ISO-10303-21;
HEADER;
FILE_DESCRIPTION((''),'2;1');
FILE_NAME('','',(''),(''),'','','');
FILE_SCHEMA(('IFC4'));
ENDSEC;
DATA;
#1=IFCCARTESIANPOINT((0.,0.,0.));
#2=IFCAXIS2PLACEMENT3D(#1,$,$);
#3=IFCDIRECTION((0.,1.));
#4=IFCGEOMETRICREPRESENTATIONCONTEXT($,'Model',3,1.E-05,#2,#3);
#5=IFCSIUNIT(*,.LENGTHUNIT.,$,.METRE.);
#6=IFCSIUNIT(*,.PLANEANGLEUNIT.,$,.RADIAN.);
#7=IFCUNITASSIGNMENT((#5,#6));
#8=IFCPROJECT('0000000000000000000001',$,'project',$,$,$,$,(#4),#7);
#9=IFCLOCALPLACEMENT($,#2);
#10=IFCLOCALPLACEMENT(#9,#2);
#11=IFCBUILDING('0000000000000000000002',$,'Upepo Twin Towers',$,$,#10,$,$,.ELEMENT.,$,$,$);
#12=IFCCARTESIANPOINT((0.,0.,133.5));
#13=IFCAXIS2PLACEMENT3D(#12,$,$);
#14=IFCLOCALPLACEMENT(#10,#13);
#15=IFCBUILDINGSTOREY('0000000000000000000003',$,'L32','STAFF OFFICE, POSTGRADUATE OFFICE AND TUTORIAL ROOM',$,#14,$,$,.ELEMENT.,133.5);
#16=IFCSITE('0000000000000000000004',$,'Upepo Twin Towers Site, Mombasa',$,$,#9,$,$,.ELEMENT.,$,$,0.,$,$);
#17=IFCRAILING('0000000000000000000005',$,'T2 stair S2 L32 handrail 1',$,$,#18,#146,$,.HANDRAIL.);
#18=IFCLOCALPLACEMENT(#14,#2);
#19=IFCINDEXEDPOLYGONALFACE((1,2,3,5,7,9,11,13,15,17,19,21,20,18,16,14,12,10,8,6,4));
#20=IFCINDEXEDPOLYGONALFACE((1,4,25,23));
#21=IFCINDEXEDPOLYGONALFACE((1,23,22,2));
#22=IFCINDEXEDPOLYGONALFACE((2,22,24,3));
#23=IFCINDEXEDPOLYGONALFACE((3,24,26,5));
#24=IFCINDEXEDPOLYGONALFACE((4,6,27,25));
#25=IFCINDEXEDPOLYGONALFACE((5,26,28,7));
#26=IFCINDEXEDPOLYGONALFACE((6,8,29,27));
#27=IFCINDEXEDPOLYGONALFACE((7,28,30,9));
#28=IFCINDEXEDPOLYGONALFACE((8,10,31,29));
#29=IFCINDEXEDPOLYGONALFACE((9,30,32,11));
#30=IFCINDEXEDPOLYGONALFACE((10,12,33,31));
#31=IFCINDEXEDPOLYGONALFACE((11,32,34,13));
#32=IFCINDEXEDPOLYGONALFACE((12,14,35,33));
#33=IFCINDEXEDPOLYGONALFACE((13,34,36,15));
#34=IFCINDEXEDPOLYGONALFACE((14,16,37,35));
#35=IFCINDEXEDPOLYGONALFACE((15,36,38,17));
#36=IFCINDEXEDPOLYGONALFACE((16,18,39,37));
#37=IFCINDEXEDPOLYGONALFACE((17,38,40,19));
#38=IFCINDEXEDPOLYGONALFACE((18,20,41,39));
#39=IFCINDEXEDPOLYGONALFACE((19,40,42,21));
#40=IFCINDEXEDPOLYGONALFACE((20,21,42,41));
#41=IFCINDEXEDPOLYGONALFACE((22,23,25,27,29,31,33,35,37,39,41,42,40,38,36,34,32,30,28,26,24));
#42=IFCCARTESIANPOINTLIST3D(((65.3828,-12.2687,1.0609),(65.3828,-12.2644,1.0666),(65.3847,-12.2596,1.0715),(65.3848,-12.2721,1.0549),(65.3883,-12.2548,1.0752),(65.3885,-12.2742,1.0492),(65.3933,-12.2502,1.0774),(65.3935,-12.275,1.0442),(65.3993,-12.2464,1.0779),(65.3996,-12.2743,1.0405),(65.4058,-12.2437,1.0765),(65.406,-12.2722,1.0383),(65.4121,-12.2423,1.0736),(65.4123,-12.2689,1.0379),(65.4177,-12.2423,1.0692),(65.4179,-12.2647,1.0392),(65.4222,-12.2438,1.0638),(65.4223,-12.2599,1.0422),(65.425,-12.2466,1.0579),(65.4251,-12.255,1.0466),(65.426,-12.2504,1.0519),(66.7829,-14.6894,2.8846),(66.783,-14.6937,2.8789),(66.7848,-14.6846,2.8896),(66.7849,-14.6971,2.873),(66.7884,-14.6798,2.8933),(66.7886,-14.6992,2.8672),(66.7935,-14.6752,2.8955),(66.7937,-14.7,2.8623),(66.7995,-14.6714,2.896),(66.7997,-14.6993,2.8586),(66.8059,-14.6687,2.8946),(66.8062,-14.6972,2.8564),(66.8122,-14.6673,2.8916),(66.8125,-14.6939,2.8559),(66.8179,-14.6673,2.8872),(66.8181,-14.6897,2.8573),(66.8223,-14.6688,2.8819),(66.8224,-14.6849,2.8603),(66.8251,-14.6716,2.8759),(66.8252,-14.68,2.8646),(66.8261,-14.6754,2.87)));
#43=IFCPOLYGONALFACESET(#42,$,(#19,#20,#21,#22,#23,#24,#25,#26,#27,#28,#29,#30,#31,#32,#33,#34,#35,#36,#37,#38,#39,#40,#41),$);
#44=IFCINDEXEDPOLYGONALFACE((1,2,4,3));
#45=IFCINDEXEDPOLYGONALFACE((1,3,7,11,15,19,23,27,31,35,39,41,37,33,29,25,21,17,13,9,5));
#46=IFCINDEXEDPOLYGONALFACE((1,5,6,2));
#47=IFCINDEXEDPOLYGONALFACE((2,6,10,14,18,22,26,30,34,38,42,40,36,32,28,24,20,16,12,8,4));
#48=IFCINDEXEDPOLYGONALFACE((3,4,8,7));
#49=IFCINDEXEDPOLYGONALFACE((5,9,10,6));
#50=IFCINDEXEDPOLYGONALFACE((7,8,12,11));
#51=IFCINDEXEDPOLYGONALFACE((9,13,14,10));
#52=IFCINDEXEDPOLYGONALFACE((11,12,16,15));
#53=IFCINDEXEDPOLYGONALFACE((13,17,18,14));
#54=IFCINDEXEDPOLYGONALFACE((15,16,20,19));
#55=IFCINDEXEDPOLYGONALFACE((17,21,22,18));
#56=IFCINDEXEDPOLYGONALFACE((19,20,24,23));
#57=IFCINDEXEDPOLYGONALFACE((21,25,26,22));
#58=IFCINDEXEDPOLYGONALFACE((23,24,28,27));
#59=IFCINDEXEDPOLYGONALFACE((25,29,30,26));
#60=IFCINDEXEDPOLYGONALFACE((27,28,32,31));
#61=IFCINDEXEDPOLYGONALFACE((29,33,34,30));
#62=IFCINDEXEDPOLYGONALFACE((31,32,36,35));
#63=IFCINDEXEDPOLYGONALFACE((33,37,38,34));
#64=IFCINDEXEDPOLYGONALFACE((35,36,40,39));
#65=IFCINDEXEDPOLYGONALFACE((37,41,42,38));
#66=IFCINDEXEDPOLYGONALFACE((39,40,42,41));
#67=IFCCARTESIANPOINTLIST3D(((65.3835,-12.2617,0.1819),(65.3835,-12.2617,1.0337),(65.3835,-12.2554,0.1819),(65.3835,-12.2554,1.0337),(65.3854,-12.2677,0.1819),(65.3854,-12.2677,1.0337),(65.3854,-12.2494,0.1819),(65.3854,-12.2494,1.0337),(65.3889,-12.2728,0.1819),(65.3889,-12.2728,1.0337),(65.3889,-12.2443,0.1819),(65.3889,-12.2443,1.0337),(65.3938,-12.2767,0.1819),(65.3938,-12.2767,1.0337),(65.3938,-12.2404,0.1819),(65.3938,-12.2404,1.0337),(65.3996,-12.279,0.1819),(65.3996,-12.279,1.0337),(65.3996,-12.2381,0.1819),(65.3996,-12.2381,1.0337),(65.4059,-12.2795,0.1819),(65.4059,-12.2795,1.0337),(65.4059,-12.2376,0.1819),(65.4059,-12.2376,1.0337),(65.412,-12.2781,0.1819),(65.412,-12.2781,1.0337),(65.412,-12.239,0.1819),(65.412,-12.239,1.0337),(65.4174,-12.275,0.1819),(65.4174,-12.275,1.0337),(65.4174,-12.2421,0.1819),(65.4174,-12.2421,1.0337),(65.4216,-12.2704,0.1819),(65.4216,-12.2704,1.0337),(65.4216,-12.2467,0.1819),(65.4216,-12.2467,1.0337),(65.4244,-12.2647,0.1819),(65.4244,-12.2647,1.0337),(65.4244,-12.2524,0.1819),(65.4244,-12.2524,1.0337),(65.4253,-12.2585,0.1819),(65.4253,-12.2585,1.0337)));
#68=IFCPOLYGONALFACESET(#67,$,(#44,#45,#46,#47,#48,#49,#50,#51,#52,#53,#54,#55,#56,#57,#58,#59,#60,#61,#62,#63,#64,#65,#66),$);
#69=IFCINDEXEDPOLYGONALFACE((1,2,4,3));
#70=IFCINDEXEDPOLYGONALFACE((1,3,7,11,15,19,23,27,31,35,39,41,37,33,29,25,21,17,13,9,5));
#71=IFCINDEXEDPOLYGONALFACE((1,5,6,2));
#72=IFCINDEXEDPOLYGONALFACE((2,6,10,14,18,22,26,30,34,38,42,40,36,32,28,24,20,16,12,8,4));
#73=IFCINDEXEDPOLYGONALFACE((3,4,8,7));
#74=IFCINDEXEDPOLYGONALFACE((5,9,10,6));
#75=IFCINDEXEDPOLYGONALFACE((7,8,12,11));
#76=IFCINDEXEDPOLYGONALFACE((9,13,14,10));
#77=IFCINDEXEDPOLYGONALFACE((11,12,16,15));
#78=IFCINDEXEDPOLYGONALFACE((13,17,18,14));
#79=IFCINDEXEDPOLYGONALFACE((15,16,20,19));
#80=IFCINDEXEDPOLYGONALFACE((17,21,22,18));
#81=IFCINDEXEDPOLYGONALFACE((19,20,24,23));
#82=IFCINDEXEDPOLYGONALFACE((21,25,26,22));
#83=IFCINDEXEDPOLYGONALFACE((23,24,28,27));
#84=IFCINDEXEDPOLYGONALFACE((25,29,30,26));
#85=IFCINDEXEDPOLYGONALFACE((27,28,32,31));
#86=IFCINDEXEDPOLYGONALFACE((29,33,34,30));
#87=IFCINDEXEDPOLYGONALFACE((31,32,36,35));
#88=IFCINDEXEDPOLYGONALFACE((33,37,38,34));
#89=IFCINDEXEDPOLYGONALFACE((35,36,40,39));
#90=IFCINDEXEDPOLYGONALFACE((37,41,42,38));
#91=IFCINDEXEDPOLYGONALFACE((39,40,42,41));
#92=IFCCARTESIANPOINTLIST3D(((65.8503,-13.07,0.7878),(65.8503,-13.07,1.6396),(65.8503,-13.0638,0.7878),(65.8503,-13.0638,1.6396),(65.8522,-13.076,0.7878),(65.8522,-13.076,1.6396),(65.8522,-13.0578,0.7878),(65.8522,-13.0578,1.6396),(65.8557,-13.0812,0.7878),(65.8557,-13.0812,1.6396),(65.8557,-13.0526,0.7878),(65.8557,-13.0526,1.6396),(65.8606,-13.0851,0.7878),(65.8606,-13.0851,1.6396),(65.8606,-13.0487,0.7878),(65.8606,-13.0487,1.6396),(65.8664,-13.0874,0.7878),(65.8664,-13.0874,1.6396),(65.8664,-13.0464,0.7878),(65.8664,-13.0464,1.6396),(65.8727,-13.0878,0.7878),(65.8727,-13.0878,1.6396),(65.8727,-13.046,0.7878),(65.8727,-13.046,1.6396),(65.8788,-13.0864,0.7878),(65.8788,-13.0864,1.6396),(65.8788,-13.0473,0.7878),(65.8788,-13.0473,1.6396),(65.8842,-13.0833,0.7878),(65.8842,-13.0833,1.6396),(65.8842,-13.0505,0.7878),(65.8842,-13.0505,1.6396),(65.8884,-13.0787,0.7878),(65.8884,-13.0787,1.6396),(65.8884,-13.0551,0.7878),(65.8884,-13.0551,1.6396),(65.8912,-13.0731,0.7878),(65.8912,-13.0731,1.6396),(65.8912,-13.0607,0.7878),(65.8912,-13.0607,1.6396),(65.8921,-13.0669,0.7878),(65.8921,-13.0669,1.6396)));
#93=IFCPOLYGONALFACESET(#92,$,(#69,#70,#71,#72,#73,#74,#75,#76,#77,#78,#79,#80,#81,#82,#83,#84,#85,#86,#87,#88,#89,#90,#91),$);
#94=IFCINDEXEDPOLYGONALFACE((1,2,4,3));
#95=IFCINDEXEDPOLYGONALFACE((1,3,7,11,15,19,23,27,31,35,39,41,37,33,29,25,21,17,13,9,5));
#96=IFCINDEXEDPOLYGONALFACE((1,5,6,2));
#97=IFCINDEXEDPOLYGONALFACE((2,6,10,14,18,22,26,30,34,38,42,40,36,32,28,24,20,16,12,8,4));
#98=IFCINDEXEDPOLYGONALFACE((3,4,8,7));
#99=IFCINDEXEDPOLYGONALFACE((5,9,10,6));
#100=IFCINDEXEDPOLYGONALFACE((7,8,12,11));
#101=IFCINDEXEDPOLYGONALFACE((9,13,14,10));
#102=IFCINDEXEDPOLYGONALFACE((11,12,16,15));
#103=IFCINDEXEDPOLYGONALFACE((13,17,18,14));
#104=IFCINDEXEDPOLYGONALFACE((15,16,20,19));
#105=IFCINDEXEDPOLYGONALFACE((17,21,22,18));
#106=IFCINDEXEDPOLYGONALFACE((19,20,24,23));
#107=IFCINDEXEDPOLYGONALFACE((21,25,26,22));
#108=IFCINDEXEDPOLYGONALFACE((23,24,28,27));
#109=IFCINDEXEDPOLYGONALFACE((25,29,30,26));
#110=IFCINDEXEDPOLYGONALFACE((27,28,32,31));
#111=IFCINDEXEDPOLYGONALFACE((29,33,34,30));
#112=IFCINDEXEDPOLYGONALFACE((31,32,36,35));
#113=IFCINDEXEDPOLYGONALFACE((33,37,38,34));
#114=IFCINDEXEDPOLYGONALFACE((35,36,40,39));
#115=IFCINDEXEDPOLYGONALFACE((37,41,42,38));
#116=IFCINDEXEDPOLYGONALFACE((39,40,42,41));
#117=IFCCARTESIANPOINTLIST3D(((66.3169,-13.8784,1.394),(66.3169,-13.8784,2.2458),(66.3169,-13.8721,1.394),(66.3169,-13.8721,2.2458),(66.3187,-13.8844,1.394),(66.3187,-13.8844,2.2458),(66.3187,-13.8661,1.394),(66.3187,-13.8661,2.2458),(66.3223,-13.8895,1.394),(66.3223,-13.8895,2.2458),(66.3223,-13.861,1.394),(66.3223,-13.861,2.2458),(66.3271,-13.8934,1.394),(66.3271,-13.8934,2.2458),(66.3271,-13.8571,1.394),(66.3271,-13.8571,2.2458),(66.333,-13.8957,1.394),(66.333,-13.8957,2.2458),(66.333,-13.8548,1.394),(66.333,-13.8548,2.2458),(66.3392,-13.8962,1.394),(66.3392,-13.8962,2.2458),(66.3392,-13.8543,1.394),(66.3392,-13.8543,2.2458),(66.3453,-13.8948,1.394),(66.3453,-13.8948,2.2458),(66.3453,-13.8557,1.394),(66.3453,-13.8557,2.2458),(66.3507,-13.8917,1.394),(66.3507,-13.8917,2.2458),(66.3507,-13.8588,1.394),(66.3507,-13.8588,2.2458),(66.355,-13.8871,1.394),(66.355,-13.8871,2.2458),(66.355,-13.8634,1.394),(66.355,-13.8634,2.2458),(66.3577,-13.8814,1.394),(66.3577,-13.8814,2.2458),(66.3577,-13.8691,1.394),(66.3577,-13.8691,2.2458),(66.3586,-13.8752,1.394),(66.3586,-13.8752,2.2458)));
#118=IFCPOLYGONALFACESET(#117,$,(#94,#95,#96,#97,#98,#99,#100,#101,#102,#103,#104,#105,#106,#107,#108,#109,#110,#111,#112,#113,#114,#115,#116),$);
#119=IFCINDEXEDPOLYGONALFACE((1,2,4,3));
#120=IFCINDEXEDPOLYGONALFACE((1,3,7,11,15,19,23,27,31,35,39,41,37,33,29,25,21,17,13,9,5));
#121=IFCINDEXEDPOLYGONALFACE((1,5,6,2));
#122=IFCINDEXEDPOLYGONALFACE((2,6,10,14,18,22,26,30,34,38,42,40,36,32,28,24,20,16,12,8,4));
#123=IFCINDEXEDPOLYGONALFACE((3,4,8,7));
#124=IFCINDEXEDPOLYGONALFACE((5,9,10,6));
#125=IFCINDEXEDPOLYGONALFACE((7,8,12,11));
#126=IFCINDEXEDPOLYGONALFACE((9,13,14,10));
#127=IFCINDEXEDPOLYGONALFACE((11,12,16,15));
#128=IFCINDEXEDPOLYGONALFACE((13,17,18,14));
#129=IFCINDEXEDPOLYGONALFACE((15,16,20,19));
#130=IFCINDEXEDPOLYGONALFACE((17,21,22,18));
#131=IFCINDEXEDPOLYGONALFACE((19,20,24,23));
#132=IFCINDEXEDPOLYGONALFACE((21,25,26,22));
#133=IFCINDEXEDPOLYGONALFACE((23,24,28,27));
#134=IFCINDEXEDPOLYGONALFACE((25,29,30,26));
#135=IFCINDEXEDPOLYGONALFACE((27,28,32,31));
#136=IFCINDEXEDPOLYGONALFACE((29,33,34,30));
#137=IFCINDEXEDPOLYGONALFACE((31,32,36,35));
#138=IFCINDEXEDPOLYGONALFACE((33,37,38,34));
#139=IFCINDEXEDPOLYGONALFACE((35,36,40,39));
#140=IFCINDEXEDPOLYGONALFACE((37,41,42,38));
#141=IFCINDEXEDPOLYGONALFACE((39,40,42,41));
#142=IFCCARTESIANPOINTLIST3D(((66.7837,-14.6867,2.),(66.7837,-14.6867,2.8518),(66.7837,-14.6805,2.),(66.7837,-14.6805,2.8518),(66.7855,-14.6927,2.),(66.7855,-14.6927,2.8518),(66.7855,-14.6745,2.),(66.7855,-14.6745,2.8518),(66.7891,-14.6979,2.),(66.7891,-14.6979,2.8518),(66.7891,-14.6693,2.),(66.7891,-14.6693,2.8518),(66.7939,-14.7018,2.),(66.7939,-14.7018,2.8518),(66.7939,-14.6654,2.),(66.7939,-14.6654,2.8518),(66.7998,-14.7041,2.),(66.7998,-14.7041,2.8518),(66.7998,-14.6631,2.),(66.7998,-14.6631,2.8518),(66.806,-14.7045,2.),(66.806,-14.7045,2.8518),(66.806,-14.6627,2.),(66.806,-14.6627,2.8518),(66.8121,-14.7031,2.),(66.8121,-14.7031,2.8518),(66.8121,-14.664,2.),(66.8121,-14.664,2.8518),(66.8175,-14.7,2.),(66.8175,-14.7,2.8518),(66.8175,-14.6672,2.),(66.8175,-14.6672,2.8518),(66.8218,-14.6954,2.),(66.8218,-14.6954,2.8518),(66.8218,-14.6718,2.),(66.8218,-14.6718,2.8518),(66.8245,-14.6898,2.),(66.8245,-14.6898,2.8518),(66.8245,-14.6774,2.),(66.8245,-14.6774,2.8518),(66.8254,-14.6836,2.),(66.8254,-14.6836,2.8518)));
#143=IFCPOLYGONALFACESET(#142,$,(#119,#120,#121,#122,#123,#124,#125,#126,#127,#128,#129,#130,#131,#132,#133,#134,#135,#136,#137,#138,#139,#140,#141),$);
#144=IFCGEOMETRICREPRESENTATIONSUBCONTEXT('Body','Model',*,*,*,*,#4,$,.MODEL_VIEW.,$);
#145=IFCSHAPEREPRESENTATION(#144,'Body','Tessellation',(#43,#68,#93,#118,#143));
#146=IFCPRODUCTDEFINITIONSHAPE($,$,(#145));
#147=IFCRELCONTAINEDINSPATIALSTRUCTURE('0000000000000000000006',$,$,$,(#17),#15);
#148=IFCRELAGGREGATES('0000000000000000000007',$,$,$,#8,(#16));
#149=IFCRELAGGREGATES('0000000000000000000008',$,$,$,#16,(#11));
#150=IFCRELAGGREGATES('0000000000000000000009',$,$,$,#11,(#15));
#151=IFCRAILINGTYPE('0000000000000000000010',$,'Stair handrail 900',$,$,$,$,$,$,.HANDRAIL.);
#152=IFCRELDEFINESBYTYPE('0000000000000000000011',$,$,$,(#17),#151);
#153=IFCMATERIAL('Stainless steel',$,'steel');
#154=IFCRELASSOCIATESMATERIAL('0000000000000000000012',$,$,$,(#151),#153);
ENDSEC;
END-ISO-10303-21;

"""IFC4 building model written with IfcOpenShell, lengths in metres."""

from ifc_helpers import new_model, si_unit, direction, frame, origin, origin_2d, place, context, subcontext, project, spatial, circle, extrude, material, type_object, element, save


model = new_model("IFC4")

# Units and contexts
model_context = context("Model", 3, precision=1e-05, world=origin(), true_north=direction((0.0, 1.0)))
body_context = subcontext(model_context, "Body", "Model", "MODEL_VIEW")
ifc_project = project(units=[si_unit("LENGTHUNIT", "METRE"), si_unit("PLANEANGLEUNIT", "RADIAN")], contexts=[model_context])

# Site, building, storey
site_placement = place(None, origin())
site = spatial("IfcSite", under=ifc_project, at=site_placement, Name="Upepo Twin Towers Site, Mombasa", CompositionType="ELEMENT", RefElevation=0.0)
building_placement = place(site_placement, origin())
building = spatial("IfcBuilding", under=site, at=building_placement, Name="Upepo Twin Towers", CompositionType="ELEMENT")
storey_placement = place(building_placement, frame((0.0, 0.0, 133.5)))
storey = spatial("IfcBuildingStorey", under=building, at=storey_placement, Name="L32", Description="STAFF OFFICE, POSTGRADUATE OFFICE AND TUTORIAL ROOM", CompositionType="ELEMENT", Elevation=133.5)

# Railing
ifc_material_1 = material(Name="Stainless steel", Category="steel")
railing_type = type_object("IfcRailingType", Name="Stair handrail 900", PredefinedType="HANDRAIL", material=ifc_material_1)
railing_1_placement = place(storey_placement, frame((65.4043, -12.2585, 0.1819)))
element("IfcRailing", 1, at=railing_1_placement, inside=storey, type_object=railing_type, Name="T2 stair S2 L32 handrail 1", PredefinedType="HANDRAIL", context=body_context, shape_type="SweptSolid", body=[
    extrude(circle(Radius=0.0239, at=origin_2d()), frame((0.0, 0.0, 0.876), z_axis=(0.419371, -0.726349, 0.54456), x_axis=(0.866019, 0.500012, 0.0)), (0.0, 0.0, 1.0), 3.3386),
    extrude(circle(Radius=0.021, at=origin_2d()), origin(), (0.0, 0.0, 1.0), 0.8518),
    extrude(circle(Radius=0.021, at=origin_2d()), frame((0.4668, -0.8083, 0.606)), (0.0, 0.0, 1.0), 0.8518),
    extrude(circle(Radius=0.021, at=origin_2d()), frame((0.9333, -1.6167, 1.2122)), (0.0, 0.0, 1.0), 0.8518),
    extrude(circle(Radius=0.021, at=origin_2d()), frame((1.4001, -2.425, 1.8181)), (0.0, 0.0, 1.0), 0.8518),
])

save(model, "model.ifc")
